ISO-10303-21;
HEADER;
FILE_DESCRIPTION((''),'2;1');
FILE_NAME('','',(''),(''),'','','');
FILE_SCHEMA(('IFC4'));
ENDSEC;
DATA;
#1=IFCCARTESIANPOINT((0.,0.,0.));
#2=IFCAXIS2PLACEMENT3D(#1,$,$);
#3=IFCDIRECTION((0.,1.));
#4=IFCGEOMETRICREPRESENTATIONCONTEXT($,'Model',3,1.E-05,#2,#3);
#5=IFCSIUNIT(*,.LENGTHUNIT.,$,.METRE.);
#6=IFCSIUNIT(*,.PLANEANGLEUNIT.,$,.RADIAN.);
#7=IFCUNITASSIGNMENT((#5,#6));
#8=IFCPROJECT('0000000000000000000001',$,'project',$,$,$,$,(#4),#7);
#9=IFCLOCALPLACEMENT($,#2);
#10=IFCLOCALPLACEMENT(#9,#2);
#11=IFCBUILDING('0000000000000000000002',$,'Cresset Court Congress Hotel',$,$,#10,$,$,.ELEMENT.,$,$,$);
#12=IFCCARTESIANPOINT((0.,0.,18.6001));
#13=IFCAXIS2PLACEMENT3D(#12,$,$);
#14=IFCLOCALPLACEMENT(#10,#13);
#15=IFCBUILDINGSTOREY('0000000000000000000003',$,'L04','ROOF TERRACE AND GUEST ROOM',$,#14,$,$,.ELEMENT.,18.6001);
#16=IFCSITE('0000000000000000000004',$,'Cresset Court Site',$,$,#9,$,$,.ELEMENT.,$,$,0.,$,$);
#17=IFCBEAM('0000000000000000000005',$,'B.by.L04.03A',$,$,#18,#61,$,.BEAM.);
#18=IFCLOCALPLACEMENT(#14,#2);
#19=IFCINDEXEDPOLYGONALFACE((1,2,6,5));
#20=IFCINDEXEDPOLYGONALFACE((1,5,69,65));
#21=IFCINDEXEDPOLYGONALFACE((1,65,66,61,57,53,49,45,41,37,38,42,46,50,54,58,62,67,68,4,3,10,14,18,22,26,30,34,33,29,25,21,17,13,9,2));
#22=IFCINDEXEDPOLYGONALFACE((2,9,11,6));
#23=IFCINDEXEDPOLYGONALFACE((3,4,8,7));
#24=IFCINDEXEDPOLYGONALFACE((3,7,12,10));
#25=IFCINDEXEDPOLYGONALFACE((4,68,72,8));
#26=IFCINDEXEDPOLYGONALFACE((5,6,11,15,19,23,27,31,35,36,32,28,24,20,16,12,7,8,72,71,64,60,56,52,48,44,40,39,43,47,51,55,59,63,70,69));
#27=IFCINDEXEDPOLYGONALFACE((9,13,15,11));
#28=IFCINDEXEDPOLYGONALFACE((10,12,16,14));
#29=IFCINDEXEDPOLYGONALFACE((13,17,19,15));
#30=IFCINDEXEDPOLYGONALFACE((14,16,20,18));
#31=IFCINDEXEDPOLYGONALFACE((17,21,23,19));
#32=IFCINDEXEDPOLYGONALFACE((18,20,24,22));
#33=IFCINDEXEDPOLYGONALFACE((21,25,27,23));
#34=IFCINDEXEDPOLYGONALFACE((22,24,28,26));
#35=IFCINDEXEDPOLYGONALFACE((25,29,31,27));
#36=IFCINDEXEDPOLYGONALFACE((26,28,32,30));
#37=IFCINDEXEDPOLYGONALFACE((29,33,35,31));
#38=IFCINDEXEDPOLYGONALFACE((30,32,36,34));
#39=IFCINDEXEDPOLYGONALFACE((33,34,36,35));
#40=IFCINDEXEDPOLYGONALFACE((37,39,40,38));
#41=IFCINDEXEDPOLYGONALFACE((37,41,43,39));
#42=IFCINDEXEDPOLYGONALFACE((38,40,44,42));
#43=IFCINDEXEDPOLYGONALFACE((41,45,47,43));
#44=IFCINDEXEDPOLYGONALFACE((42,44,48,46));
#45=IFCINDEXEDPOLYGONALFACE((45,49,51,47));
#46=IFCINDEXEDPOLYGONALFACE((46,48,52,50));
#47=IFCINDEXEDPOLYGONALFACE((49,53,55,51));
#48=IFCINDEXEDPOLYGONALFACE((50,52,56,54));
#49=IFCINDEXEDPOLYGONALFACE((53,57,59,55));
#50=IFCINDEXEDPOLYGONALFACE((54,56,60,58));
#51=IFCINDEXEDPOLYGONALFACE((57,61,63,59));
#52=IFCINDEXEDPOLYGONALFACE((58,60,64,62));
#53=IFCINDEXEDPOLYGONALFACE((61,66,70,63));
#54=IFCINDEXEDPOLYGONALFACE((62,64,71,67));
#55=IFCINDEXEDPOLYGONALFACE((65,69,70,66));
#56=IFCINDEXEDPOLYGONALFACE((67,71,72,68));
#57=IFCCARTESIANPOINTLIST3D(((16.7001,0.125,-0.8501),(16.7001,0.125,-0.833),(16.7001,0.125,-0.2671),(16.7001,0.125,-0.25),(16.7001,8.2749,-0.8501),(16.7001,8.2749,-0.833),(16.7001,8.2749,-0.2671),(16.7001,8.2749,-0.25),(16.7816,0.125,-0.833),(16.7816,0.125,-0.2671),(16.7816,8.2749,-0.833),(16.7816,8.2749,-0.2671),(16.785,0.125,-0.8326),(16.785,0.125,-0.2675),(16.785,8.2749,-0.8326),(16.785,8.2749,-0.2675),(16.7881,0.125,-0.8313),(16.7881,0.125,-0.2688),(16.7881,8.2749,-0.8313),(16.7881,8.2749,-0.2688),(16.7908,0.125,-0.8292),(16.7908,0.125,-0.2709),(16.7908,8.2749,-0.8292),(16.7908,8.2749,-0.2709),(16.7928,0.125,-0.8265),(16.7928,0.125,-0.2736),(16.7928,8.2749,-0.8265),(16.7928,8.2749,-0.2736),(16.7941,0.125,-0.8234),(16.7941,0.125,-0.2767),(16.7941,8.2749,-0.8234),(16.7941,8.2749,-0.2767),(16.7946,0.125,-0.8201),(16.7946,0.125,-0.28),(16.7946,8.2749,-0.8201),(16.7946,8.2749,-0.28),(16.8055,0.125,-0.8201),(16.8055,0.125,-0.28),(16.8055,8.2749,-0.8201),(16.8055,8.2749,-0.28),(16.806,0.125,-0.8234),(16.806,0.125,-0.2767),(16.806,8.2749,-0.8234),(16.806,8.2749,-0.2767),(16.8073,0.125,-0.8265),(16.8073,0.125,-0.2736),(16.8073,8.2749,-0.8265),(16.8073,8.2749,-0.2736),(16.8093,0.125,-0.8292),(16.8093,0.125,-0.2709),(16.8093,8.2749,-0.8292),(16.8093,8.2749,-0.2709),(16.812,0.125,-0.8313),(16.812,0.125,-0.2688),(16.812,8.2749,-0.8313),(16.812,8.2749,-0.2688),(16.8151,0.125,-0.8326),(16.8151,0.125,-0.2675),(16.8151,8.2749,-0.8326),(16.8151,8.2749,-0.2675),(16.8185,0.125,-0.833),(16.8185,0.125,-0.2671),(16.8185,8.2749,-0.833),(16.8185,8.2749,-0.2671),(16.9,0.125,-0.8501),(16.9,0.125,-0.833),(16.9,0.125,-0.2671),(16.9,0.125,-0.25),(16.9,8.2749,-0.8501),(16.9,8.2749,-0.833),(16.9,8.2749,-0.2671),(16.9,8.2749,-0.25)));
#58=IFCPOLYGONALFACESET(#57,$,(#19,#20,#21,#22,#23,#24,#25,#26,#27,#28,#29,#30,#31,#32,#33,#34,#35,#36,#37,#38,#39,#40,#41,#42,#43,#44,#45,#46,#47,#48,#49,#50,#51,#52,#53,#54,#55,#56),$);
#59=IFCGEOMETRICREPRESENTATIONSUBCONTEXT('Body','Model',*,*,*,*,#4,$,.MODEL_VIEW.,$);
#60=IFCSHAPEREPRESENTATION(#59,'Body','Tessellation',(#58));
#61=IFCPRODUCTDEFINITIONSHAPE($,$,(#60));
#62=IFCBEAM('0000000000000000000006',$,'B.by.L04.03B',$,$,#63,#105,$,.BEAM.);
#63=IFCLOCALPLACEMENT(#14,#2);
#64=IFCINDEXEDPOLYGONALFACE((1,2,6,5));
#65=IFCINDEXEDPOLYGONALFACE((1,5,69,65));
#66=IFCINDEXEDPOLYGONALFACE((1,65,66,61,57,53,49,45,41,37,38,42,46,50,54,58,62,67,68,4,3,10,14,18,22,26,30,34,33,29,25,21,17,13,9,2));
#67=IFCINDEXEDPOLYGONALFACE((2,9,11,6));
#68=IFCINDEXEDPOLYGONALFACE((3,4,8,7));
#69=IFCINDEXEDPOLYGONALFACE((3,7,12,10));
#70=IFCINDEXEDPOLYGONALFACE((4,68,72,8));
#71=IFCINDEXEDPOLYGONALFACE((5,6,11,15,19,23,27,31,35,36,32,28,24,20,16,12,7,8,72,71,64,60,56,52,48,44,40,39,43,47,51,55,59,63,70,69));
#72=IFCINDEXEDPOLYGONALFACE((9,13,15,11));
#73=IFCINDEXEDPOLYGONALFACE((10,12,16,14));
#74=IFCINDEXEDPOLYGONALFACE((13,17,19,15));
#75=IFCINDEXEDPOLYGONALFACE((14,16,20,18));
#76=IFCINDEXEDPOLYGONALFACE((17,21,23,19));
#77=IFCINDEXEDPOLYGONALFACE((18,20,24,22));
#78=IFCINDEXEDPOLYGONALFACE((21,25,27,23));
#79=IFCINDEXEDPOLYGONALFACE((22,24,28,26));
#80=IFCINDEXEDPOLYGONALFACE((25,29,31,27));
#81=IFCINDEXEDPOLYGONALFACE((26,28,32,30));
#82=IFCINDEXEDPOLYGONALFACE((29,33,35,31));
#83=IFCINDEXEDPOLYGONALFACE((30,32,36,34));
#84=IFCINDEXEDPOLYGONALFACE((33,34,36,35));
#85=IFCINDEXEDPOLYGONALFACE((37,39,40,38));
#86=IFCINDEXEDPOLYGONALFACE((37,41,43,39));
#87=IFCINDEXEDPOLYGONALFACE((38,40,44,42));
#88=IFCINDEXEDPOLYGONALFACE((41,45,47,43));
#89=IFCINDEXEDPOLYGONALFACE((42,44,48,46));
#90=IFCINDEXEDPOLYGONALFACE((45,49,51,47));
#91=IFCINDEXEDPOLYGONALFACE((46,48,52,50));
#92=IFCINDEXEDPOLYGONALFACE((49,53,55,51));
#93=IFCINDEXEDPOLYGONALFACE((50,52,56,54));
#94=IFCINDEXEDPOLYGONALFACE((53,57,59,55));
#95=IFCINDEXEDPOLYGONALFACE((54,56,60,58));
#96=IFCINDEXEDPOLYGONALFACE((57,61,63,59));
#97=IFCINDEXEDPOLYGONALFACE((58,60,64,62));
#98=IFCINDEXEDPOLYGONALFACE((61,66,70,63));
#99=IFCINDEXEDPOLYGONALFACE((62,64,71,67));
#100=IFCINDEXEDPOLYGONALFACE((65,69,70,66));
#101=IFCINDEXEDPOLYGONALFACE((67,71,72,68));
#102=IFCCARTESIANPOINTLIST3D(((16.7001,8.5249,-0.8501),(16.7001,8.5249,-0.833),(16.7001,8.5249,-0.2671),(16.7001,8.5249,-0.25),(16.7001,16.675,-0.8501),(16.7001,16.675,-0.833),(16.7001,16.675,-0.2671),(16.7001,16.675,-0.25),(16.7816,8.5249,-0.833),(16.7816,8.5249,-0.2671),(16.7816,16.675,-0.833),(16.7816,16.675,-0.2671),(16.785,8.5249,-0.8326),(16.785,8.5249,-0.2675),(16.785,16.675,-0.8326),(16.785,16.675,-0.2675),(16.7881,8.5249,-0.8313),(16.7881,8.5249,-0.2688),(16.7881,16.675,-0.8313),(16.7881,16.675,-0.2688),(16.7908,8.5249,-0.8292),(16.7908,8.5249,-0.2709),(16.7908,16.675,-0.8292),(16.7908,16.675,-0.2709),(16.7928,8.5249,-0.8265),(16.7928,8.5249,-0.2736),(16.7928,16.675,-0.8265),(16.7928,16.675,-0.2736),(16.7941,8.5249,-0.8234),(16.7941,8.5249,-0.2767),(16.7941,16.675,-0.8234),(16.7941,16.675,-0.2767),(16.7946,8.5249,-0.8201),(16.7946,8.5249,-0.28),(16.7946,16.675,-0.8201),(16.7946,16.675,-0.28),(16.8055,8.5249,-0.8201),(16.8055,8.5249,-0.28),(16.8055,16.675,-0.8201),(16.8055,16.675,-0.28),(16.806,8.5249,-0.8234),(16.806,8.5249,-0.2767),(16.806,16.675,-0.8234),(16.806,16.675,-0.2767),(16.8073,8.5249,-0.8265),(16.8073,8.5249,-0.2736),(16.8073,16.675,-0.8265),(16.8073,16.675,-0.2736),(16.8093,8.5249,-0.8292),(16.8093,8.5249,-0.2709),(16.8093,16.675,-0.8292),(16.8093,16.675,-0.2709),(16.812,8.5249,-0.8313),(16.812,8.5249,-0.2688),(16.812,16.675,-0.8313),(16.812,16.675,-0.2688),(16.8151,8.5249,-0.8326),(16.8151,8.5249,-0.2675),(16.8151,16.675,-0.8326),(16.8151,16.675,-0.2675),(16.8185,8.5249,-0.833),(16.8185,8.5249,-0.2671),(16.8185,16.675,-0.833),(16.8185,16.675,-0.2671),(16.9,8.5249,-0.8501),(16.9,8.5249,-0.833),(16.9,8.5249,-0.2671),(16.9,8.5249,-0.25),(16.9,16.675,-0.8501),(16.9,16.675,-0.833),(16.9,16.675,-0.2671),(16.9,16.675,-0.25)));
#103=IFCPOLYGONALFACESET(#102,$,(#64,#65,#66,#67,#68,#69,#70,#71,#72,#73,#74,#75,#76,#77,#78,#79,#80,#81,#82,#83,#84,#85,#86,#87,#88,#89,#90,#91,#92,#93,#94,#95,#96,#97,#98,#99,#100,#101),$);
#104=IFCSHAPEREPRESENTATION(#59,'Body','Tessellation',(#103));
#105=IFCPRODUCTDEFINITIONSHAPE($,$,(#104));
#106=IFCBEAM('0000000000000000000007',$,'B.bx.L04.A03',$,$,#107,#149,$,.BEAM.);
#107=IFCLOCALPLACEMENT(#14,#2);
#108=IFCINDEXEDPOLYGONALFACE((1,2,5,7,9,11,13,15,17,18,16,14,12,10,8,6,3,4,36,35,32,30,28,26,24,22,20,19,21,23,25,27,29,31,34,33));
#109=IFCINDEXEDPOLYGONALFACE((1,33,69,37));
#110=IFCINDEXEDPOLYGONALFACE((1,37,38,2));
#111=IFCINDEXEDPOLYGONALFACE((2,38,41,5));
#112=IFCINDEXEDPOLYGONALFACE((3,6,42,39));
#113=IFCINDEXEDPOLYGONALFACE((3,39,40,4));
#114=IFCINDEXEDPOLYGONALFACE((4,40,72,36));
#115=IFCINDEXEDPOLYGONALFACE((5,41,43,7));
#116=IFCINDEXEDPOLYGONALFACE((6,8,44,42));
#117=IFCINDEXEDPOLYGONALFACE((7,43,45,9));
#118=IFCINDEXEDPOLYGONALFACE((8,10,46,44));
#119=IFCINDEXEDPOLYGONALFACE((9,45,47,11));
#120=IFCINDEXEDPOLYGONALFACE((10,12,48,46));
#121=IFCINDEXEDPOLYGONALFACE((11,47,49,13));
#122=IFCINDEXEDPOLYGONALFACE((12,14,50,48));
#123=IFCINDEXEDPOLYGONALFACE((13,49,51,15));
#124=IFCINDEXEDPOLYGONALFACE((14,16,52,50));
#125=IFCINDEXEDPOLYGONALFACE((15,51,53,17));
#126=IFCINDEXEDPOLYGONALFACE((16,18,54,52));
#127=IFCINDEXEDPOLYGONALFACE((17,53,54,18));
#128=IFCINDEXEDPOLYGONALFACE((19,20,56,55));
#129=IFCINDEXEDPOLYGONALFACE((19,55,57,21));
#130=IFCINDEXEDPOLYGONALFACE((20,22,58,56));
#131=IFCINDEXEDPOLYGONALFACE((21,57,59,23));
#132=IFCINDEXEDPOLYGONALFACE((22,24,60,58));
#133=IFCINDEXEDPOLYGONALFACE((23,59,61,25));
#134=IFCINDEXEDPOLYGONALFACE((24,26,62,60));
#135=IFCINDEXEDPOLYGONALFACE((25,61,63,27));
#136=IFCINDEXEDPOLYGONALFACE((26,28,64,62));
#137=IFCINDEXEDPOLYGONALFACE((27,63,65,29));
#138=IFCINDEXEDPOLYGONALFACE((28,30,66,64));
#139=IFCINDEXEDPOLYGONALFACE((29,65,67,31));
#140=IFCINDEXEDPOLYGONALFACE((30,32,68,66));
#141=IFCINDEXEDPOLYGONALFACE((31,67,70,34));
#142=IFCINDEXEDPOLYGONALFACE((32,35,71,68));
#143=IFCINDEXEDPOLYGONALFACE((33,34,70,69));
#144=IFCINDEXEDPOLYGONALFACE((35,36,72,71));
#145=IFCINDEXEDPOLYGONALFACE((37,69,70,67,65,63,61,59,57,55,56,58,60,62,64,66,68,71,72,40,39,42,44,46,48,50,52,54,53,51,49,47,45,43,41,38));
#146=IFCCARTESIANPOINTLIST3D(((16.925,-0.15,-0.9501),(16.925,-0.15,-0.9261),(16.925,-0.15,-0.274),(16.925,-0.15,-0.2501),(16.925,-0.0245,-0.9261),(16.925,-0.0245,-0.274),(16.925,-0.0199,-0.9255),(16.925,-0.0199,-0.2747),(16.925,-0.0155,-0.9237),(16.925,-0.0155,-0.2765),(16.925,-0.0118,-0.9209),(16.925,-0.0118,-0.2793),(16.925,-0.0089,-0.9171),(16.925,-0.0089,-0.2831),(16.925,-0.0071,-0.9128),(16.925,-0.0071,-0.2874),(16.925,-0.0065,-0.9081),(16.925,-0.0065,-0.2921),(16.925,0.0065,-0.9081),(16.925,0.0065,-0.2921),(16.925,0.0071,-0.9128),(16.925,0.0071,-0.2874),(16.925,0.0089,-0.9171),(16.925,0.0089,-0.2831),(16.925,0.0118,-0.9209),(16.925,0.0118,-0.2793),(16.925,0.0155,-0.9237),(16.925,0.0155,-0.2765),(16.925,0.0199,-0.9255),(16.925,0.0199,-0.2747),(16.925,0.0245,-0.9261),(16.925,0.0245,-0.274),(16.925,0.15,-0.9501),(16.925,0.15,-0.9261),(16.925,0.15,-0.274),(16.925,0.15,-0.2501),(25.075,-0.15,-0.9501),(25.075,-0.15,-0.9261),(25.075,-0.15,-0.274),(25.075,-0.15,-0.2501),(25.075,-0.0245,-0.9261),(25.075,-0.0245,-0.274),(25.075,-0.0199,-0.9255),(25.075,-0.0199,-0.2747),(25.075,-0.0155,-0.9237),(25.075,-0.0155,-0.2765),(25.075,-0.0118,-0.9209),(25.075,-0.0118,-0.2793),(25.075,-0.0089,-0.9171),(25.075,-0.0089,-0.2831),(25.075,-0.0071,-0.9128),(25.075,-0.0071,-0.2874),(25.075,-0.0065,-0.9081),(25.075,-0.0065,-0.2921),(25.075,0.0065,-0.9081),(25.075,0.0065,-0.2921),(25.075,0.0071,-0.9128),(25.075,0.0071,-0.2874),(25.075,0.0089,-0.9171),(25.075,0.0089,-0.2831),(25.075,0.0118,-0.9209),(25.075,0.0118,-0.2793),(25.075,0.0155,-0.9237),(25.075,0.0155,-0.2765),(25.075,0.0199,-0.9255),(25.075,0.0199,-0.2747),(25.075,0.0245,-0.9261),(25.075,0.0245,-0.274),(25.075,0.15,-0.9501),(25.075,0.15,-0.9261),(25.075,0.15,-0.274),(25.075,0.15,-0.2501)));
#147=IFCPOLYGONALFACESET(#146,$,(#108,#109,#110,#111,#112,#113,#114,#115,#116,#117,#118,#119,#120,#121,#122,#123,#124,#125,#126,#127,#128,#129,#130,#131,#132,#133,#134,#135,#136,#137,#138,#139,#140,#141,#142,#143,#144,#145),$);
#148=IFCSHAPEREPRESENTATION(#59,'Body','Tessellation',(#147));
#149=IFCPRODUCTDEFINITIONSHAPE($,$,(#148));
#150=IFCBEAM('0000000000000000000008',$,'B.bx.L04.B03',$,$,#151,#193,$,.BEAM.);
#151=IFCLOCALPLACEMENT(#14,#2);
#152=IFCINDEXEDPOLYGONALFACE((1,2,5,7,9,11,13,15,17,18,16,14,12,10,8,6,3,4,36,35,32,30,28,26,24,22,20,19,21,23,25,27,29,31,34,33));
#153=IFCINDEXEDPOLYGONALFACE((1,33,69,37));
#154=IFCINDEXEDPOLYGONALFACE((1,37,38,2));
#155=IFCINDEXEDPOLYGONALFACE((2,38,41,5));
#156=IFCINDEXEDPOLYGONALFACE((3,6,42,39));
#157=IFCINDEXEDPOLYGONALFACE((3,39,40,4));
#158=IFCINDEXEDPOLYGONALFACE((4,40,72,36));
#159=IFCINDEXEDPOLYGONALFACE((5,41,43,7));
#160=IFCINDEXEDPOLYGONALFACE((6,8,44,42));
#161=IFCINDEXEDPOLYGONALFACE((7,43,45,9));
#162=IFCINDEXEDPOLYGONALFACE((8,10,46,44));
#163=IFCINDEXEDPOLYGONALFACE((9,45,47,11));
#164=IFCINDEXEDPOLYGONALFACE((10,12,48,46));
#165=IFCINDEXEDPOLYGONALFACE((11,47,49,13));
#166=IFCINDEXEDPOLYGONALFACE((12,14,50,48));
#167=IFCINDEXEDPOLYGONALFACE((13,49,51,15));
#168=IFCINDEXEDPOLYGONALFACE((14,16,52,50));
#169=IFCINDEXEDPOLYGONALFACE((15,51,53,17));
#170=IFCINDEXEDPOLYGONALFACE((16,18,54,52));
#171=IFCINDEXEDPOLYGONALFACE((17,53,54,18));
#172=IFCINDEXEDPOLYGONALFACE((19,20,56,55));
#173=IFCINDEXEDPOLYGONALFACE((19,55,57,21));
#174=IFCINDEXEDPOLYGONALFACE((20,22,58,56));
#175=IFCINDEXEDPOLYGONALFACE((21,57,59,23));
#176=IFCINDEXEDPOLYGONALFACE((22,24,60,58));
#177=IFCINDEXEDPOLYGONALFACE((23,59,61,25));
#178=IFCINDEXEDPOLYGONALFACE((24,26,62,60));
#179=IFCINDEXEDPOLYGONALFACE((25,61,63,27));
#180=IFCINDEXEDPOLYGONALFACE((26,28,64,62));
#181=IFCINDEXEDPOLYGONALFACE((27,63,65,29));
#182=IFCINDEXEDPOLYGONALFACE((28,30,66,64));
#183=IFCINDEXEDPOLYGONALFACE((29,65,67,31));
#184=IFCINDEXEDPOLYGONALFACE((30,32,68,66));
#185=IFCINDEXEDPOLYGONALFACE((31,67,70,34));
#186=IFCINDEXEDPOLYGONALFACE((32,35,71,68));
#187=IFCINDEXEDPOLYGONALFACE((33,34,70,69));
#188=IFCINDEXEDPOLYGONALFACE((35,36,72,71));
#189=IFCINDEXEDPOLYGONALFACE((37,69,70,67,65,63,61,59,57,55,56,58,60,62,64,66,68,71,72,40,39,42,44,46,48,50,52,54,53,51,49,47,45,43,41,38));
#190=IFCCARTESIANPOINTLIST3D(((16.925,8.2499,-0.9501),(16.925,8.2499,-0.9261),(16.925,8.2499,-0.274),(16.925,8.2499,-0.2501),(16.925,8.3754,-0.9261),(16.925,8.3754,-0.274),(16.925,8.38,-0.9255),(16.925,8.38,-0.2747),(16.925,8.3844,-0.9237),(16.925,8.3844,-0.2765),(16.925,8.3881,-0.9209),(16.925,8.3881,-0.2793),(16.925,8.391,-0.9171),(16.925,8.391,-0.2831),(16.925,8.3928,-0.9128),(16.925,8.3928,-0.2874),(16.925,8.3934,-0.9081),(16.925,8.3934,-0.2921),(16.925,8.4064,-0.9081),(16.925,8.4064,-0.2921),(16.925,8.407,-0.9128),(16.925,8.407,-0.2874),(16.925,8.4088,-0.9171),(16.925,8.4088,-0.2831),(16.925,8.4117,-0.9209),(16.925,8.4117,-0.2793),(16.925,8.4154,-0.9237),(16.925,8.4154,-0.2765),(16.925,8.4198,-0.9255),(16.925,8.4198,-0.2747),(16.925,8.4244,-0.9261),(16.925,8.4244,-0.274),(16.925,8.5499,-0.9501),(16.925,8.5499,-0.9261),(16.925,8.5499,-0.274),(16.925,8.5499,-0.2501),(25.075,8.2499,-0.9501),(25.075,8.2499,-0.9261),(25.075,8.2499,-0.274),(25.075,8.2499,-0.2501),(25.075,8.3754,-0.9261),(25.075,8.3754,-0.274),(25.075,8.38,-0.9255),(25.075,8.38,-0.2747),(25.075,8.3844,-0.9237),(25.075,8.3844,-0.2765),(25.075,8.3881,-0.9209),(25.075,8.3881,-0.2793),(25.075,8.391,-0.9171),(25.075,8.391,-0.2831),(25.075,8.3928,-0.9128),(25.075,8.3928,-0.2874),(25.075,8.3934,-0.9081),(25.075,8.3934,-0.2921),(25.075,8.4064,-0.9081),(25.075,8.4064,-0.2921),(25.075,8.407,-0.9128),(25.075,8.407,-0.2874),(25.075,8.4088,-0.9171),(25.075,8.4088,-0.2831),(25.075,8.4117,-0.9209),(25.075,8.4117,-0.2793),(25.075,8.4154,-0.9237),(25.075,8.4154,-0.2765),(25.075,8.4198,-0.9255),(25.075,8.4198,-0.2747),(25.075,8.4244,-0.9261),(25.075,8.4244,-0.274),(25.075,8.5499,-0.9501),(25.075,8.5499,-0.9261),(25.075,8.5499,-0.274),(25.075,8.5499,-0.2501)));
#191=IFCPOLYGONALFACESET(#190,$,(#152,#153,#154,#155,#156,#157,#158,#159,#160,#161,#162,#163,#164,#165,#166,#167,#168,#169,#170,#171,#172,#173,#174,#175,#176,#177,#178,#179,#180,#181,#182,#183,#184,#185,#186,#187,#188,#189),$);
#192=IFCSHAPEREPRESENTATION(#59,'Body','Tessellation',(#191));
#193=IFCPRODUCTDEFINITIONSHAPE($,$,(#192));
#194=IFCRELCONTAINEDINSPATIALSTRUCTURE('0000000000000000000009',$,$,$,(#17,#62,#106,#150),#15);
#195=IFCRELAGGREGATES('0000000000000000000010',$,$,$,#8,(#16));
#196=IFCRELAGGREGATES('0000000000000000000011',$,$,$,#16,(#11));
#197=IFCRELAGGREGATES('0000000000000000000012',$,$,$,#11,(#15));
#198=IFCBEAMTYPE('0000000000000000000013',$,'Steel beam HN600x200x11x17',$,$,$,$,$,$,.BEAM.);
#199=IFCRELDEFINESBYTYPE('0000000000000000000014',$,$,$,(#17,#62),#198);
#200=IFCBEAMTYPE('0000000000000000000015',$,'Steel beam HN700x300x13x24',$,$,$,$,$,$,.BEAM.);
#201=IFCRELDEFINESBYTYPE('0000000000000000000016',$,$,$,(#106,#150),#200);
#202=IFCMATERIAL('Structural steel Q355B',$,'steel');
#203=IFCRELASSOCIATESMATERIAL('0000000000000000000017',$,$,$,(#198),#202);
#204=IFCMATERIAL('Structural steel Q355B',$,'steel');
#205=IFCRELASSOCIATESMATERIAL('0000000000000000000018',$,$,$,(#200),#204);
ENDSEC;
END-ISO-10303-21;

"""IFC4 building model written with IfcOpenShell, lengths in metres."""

from ifc_helpers import new_model, si_unit, direction, frame, origin, origin_2d, place, context, subcontext, project, spatial, i_section, extrude, material, material_profile, profile_set, type_object, element, save


model = new_model("IFC4")

# Units and contexts
model_context = context("Model", 3, precision=1e-05, world=origin(), true_north=direction((0.0, 1.0)))
body_context = subcontext(model_context, "Body", "Model", "MODEL_VIEW")
ifc_project = project(units=[si_unit("LENGTHUNIT", "METRE"), si_unit("PLANEANGLEUNIT", "RADIAN")], contexts=[model_context])

# Site, building, storey
site_placement = place(None, origin())
site = spatial("IfcSite", under=ifc_project, at=site_placement, Name="Cresset Court Site", CompositionType="ELEMENT", RefElevation=0.0)
building_placement = place(site_placement, origin())
building = spatial("IfcBuilding", under=site, at=building_placement, Name="Cresset Court Congress Hotel", CompositionType="ELEMENT")
storey_placement = place(building_placement, frame((0.0, 0.0, 18.6001)))
storey = spatial("IfcBuildingStorey", under=building, at=storey_placement, Name="L04", Description="ROOF TERRACE AND GUEST ROOM", CompositionType="ELEMENT", Elevation=18.6001)

# Beams
ifc_material_1 = material(Name="Structural steel Q355B", Category="steel")
ifc_material_profile_1 = material_profile(ifc_material_1, i_section(OverallWidth=0.2, OverallDepth=0.6001, WebThickness=0.011, FlangeThickness=0.0171, FilletRadius=0.0129, at=origin_2d()), Name="HN600x200x11x17")
ifc_profile_set_1 = profile_set([ifc_material_profile_1], Name="Structural steel Q355B")
beam_type_1 = type_object("IfcBeamType", Name="Steel beam HN600x200x11x17", PredefinedType="BEAM", material=ifc_profile_set_1)
beam_1_placement = place(storey_placement, frame((16.8, 0.125, -0.55), z_axis=(0.0, 1.0, 0.0), x_axis=(-1.0, 0.0, 0.0)))
element("IfcBeam", 1, at=beam_1_placement, inside=storey, type_object=beam_type_1, Name="B.by.L04.03A", PredefinedType="BEAM", context=body_context, shape_type="SweptSolid", body=[
    extrude(i_section(OverallWidth=0.2, OverallDepth=0.6001, WebThickness=0.011, FlangeThickness=0.0171, FilletRadius=0.0129, at=origin_2d()), origin(), (0.0, 0.0, 1.0), 8.1499),
])
beam_2_placement = place(storey_placement, frame((16.8, 8.5249, -0.55), z_axis=(0.0, 1.0, 0.0), x_axis=(-1.0, 0.0, 0.0)))
element("IfcBeam", 2, at=beam_2_placement, inside=storey, type_object=beam_type_1, Name="B.by.L04.03B", PredefinedType="BEAM", context=body_context, shape_type="SweptSolid", body=[
    extrude(i_section(OverallWidth=0.2, OverallDepth=0.6001, WebThickness=0.011, FlangeThickness=0.0171, FilletRadius=0.0129, at=origin_2d()), origin(), (0.0, 0.0, 1.0), 8.1501),
])
ifc_material_2 = material(Name="Structural steel Q355B", Category="steel")
ifc_material_profile_2 = material_profile(ifc_material_2, i_section(OverallWidth=0.3, OverallDepth=0.7, WebThickness=0.0129, FlangeThickness=0.0239, FilletRadius=0.0181, at=origin_2d()), Name="HN700x300x13x24")
ifc_profile_set_2 = profile_set([ifc_material_profile_2], Name="Structural steel Q355B")
beam_type_2 = type_object("IfcBeamType", Name="Steel beam HN700x300x13x24", PredefinedType="BEAM", material=ifc_profile_set_2)
for number, where, z_axis, x_axis, name in (
    (3, (16.925, 0.0, -0.6001), (1.0, 0.0, 0.0), (0.0, 1.0, 0.0), "B.bx.L04.A03"),
    (4, (16.925, 8.3999, -0.6001), (1.0, 0.0, 0.0), (0.0, 1.0, 0.0), "B.bx.L04.B03"),
):
    element("IfcBeam", number, at=place(storey_placement, frame(where, z_axis=z_axis, x_axis=x_axis)), inside=storey, type_object=beam_type_2, Name=name, PredefinedType="BEAM", context=body_context, shape_type="SweptSolid", body=[
        extrude(i_section(OverallWidth=0.3, OverallDepth=0.7, WebThickness=0.0129, FlangeThickness=0.0239, FilletRadius=0.0181, at=origin_2d()), origin(), (0.0, 0.0, 1.0), 8.1499),
    ])

save(model, "model.ifc")
